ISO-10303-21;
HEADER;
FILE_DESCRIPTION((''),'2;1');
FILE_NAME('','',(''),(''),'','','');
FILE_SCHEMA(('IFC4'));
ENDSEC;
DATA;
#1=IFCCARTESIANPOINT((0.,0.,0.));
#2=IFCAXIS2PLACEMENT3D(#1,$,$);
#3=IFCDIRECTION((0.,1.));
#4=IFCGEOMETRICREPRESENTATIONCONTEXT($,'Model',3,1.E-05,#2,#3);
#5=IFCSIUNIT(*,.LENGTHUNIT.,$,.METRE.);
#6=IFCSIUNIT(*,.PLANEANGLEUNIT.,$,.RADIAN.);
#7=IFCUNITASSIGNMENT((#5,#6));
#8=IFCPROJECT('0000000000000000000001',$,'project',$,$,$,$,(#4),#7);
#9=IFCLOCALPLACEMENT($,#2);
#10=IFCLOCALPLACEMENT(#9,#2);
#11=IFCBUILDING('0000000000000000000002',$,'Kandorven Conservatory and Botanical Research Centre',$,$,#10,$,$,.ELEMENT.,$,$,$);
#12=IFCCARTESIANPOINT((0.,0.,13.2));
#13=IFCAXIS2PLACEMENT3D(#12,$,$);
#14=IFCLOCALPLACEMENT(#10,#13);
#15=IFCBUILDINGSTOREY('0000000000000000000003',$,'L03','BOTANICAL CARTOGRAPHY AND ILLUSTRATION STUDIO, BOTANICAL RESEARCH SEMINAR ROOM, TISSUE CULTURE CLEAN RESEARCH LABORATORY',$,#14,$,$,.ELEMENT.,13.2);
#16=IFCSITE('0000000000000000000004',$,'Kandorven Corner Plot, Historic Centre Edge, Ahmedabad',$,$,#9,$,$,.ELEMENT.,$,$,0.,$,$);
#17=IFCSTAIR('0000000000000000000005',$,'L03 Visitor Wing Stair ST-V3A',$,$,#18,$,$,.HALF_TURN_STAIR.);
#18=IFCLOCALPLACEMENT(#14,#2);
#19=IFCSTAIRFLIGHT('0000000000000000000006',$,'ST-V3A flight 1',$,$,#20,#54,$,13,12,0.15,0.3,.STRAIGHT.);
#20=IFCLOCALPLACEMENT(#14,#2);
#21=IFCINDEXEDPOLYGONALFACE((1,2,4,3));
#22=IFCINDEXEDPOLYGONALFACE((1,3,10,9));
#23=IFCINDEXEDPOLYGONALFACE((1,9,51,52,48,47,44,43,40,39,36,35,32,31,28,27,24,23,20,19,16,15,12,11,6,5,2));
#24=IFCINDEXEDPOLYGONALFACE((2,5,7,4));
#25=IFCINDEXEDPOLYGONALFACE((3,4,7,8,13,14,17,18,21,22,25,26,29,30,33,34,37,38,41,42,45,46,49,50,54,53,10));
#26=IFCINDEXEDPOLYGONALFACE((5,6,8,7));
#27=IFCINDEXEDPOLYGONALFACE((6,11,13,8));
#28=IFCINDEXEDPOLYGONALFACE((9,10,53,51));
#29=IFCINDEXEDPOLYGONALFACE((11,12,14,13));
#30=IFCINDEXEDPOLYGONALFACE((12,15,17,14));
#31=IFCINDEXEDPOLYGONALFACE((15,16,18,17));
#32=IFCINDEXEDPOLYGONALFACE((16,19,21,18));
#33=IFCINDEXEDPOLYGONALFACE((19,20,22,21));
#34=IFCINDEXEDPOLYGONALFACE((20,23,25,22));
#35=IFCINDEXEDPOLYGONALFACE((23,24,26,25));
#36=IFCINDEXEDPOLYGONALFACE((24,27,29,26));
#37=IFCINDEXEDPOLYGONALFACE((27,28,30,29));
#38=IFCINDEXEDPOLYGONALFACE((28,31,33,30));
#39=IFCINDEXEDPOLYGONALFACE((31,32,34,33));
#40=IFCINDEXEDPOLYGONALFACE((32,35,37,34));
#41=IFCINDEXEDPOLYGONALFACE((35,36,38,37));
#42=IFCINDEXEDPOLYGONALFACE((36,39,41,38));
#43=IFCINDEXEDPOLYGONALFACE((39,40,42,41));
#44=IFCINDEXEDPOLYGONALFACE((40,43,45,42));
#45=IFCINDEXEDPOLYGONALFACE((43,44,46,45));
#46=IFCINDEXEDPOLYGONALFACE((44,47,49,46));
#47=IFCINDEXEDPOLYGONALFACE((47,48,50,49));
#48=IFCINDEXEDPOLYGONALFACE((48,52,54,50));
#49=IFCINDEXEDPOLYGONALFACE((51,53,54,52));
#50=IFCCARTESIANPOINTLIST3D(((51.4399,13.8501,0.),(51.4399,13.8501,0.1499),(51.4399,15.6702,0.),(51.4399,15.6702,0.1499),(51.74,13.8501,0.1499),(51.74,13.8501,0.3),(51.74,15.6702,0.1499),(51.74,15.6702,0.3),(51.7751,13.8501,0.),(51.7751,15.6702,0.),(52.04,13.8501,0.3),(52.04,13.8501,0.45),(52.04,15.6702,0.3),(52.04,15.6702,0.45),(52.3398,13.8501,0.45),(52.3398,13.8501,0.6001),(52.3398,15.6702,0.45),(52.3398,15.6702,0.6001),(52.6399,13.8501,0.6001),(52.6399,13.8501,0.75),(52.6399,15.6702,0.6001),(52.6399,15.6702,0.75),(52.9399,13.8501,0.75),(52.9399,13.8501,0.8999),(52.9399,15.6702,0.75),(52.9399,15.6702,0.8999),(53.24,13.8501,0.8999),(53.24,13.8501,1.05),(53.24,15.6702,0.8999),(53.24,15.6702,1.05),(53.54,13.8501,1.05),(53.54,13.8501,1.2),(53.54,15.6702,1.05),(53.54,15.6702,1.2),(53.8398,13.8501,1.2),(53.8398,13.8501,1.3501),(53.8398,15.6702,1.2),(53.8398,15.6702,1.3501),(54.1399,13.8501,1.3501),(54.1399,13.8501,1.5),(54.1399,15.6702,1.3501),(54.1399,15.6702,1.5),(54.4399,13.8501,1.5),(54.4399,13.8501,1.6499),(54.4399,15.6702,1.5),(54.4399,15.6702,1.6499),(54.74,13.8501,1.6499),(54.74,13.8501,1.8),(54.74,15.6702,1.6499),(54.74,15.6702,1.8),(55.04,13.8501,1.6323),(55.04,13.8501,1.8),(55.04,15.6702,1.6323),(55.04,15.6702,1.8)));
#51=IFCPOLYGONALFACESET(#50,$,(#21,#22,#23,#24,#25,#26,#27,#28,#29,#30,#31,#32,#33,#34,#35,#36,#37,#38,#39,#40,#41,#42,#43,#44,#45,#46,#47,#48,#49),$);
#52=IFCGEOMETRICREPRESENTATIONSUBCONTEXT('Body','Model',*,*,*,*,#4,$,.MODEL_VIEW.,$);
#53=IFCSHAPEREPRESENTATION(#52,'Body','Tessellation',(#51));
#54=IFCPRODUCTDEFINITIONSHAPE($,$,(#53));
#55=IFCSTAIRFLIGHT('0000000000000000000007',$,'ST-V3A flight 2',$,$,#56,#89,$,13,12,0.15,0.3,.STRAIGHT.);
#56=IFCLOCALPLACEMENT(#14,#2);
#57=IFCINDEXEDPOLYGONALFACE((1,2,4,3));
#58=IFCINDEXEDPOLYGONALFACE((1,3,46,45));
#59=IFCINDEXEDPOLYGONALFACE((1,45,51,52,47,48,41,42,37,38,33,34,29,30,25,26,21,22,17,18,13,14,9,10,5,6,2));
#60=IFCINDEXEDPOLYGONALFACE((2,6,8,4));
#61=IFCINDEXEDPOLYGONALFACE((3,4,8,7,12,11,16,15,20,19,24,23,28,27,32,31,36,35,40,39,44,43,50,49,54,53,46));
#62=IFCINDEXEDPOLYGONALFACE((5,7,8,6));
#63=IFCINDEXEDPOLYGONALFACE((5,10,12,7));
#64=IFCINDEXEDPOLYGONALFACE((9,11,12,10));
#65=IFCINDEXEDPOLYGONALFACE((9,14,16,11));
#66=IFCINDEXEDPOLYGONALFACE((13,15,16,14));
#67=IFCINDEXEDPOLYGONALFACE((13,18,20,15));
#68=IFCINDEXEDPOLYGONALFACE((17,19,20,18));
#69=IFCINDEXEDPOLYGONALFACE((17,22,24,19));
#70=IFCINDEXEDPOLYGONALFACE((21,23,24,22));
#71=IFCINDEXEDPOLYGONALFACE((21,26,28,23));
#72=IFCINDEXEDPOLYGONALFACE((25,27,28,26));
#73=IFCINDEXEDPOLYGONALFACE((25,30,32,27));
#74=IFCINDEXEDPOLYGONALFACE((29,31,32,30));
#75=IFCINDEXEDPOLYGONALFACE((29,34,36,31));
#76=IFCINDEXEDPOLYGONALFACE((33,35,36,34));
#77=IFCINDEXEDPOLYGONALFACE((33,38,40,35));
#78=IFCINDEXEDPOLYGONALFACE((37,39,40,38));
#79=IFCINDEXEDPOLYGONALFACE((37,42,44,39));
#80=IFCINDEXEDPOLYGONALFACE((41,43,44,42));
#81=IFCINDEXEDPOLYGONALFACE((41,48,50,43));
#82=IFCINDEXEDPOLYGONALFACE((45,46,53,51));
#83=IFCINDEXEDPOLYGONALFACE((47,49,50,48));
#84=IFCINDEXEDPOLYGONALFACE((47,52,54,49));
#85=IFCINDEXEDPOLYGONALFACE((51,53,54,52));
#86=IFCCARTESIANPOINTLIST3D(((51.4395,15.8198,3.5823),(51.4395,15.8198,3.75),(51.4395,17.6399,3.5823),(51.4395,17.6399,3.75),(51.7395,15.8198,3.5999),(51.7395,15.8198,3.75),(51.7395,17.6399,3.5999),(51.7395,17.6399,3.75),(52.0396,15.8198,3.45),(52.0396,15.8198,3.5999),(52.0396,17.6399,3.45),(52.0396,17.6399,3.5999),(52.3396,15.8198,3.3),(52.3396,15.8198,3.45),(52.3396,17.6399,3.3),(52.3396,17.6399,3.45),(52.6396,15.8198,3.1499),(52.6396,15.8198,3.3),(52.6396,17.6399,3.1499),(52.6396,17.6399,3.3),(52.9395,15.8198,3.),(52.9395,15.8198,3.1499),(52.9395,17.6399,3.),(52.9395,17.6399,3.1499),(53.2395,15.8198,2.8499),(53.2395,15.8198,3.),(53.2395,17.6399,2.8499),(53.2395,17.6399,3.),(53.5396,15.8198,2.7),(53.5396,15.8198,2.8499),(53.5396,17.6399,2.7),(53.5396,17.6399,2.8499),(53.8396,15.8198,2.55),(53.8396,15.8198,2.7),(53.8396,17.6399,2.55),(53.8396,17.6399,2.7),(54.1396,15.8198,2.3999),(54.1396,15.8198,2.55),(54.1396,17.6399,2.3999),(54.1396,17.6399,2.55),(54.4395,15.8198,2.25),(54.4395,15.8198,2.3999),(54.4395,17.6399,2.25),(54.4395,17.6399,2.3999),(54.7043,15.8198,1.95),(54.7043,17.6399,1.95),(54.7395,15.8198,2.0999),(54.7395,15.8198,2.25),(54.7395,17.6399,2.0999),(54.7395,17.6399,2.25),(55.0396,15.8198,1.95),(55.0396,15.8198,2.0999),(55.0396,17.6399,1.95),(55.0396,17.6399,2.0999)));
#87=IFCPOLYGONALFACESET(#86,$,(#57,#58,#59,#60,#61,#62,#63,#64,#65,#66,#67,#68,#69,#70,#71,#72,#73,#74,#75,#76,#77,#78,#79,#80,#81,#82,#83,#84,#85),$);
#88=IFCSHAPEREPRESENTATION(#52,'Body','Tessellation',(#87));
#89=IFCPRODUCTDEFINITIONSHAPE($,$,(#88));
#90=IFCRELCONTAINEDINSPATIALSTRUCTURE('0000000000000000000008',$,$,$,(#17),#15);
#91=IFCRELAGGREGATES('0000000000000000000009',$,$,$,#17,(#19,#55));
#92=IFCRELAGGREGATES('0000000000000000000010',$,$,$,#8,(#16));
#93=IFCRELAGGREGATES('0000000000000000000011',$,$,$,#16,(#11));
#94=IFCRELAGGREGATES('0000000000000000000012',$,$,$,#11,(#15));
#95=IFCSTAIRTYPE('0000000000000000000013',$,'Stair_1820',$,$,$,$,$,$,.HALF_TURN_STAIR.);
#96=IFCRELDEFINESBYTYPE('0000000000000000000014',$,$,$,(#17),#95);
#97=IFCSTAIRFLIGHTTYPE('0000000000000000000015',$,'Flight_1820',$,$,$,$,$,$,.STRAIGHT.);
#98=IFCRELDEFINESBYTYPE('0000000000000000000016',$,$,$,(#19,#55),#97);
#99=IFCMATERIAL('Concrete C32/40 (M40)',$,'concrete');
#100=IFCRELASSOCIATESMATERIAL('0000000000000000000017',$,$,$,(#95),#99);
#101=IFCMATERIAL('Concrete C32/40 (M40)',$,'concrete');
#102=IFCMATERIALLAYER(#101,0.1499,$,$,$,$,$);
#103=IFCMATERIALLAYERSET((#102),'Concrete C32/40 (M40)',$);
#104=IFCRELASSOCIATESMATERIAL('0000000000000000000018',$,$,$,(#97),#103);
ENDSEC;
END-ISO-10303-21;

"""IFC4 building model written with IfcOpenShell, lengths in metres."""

from ifc_helpers import new_model, si_unit, direction, frame, origin, place, context, subcontext, project, spatial, polyline, outline, extrude, material, layer, layer_set, type_object, element, aggregate, save


model = new_model("IFC4")

# Units and contexts
model_context = context("Model", 3, precision=1e-05, world=origin(), true_north=direction((0.0, 1.0)))
body_context = subcontext(model_context, "Body", "Model", "MODEL_VIEW")
ifc_project = project(units=[si_unit("LENGTHUNIT", "METRE"), si_unit("PLANEANGLEUNIT", "RADIAN")], contexts=[model_context])

# Site, building, storey
site_placement = place(None, origin())
site = spatial("IfcSite", under=ifc_project, at=site_placement, Name="Kandorven Corner Plot, Historic Centre Edge, Ahmedabad", CompositionType="ELEMENT", RefElevation=0.0)
building_placement = place(site_placement, origin())
building = spatial("IfcBuilding", under=site, at=building_placement, Name="Kandorven Conservatory and Botanical Research Centre", CompositionType="ELEMENT")
storey_placement = place(building_placement, frame((0.0, 0.0, 13.2)))
storey = spatial("IfcBuildingStorey", under=building, at=storey_placement, Name="L03", Description="BOTANICAL CARTOGRAPHY AND ILLUSTRATION STUDIO, BOTANICAL RESEARCH SEMINAR ROOM, TISSUE CULTURE CLEAN RESEARCH LABORATORY", CompositionType="ELEMENT", Elevation=13.2)

# Stair, stair flights
ifc_material_1 = material(Name="Concrete C32/40 (M40)", Category="concrete")
stair_type = type_object("IfcStairType", Name="Stair_1820", PredefinedType="HALF_TURN_STAIR", material=ifc_material_1)
stair_placement = place(storey_placement, origin())
stair = element("IfcStair", 1, at=stair_placement, inside=storey, type_object=stair_type, Name="L03 Visitor Wing Stair ST-V3A", PredefinedType="HALF_TURN_STAIR")
ifc_material_2 = material(Name="Concrete C32/40 (M40)", Category="concrete")
ifc_layer_1 = layer(ifc_material_2, 0.1499)
ifc_layer_set_1 = layer_set([ifc_layer_1], Name="Concrete C32/40 (M40)")
stair_flight_type = type_object("IfcStairFlightType", Name="Flight_1820", PredefinedType="STRAIGHT", material=ifc_layer_set_1)
stair_flight_1_placement = place(storey_placement, frame((51.4399, 14.76, 0.0), z_axis=(0.0, 0.0, 1.0), x_axis=(1.0, 0.0, 0.0)))
stair_flight_1 = element("IfcStairFlight", 2, at=stair_flight_1_placement, type_object=stair_flight_type, Name="ST-V3A flight 1", NumberOfRisers=13, NumberOfTreads=12, PredefinedType="STRAIGHT", RiserHeight=0.15, TreadLength=0.3, context=body_context, shape_type="SweptSolid", body=[
    extrude(outline(polyline([(0.0, 0.0), (0.0, 0.1499), (0.3, 0.1499), (0.3, 0.3), (0.6001, 0.3), (0.6001, 0.45), (0.8999, 0.45), (0.8999, 0.6001), (1.2, 0.6001), (1.2, 0.75), (1.5, 0.75), (1.5, 0.8999), (1.8, 0.8999), (1.8, 1.05), (2.1001, 1.05), (2.1001, 1.2), (2.3999, 1.2), (2.3999, 1.3501), (2.7, 1.3501), (2.7, 1.5), (3.0, 1.5), (3.0, 1.6499), (3.3, 1.6499), (3.3, 1.8), (3.6001, 1.8), (3.6001, 1.95), (3.6001, 1.6323), (0.3352, 0.0), (0.0, 0.0)])), frame((0.0, 0.9102, 0.0), z_axis=(0.0, -1.0, 0.0), x_axis=(1.0, 0.0, 0.0)), (0.0, 0.0, 1.0), 1.8201),
])
stair_flight_2_placement = place(storey_placement, frame((55.0396, 16.73, 1.95), z_axis=(0.0, 0.0, 1.0), x_axis=(-1.0, 0.0, 0.0)))
stair_flight_2 = element("IfcStairFlight", 3, at=stair_flight_2_placement, type_object=stair_flight_type, Name="ST-V3A flight 2", NumberOfRisers=13, NumberOfTreads=12, PredefinedType="STRAIGHT", RiserHeight=0.15, TreadLength=0.3, context=body_context, shape_type="SweptSolid", body=[
    extrude(outline(polyline([(0.0, 0.0), (0.0, 0.1499), (0.3, 0.1499), (0.3, 0.3), (0.6001, 0.3), (0.6001, 0.45), (0.8999, 0.45), (0.8999, 0.6001), (1.2, 0.6001), (1.2, 0.75), (1.5, 0.75), (1.5, 0.8999), (1.8, 0.8999), (1.8, 1.05), (2.1001, 1.05), (2.1001, 1.2), (2.3999, 1.2), (2.3999, 1.3501), (2.7, 1.3501), (2.7, 1.5), (3.0, 1.5), (3.0, 1.6499), (3.3, 1.6499), (3.3, 1.8), (3.6001, 1.8), (3.6001, 1.95), (3.6001, 1.6323), (0.3352, 0.0), (0.0, 0.0)])), frame((0.0, 0.9102, 0.0), z_axis=(0.0, -1.0, 0.0), x_axis=(1.0, 0.0, 0.0)), (0.0, 0.0, 1.0), 1.8201),
])
aggregate(stair, [stair_flight_1, stair_flight_2])

save(model, "model.ifc")
